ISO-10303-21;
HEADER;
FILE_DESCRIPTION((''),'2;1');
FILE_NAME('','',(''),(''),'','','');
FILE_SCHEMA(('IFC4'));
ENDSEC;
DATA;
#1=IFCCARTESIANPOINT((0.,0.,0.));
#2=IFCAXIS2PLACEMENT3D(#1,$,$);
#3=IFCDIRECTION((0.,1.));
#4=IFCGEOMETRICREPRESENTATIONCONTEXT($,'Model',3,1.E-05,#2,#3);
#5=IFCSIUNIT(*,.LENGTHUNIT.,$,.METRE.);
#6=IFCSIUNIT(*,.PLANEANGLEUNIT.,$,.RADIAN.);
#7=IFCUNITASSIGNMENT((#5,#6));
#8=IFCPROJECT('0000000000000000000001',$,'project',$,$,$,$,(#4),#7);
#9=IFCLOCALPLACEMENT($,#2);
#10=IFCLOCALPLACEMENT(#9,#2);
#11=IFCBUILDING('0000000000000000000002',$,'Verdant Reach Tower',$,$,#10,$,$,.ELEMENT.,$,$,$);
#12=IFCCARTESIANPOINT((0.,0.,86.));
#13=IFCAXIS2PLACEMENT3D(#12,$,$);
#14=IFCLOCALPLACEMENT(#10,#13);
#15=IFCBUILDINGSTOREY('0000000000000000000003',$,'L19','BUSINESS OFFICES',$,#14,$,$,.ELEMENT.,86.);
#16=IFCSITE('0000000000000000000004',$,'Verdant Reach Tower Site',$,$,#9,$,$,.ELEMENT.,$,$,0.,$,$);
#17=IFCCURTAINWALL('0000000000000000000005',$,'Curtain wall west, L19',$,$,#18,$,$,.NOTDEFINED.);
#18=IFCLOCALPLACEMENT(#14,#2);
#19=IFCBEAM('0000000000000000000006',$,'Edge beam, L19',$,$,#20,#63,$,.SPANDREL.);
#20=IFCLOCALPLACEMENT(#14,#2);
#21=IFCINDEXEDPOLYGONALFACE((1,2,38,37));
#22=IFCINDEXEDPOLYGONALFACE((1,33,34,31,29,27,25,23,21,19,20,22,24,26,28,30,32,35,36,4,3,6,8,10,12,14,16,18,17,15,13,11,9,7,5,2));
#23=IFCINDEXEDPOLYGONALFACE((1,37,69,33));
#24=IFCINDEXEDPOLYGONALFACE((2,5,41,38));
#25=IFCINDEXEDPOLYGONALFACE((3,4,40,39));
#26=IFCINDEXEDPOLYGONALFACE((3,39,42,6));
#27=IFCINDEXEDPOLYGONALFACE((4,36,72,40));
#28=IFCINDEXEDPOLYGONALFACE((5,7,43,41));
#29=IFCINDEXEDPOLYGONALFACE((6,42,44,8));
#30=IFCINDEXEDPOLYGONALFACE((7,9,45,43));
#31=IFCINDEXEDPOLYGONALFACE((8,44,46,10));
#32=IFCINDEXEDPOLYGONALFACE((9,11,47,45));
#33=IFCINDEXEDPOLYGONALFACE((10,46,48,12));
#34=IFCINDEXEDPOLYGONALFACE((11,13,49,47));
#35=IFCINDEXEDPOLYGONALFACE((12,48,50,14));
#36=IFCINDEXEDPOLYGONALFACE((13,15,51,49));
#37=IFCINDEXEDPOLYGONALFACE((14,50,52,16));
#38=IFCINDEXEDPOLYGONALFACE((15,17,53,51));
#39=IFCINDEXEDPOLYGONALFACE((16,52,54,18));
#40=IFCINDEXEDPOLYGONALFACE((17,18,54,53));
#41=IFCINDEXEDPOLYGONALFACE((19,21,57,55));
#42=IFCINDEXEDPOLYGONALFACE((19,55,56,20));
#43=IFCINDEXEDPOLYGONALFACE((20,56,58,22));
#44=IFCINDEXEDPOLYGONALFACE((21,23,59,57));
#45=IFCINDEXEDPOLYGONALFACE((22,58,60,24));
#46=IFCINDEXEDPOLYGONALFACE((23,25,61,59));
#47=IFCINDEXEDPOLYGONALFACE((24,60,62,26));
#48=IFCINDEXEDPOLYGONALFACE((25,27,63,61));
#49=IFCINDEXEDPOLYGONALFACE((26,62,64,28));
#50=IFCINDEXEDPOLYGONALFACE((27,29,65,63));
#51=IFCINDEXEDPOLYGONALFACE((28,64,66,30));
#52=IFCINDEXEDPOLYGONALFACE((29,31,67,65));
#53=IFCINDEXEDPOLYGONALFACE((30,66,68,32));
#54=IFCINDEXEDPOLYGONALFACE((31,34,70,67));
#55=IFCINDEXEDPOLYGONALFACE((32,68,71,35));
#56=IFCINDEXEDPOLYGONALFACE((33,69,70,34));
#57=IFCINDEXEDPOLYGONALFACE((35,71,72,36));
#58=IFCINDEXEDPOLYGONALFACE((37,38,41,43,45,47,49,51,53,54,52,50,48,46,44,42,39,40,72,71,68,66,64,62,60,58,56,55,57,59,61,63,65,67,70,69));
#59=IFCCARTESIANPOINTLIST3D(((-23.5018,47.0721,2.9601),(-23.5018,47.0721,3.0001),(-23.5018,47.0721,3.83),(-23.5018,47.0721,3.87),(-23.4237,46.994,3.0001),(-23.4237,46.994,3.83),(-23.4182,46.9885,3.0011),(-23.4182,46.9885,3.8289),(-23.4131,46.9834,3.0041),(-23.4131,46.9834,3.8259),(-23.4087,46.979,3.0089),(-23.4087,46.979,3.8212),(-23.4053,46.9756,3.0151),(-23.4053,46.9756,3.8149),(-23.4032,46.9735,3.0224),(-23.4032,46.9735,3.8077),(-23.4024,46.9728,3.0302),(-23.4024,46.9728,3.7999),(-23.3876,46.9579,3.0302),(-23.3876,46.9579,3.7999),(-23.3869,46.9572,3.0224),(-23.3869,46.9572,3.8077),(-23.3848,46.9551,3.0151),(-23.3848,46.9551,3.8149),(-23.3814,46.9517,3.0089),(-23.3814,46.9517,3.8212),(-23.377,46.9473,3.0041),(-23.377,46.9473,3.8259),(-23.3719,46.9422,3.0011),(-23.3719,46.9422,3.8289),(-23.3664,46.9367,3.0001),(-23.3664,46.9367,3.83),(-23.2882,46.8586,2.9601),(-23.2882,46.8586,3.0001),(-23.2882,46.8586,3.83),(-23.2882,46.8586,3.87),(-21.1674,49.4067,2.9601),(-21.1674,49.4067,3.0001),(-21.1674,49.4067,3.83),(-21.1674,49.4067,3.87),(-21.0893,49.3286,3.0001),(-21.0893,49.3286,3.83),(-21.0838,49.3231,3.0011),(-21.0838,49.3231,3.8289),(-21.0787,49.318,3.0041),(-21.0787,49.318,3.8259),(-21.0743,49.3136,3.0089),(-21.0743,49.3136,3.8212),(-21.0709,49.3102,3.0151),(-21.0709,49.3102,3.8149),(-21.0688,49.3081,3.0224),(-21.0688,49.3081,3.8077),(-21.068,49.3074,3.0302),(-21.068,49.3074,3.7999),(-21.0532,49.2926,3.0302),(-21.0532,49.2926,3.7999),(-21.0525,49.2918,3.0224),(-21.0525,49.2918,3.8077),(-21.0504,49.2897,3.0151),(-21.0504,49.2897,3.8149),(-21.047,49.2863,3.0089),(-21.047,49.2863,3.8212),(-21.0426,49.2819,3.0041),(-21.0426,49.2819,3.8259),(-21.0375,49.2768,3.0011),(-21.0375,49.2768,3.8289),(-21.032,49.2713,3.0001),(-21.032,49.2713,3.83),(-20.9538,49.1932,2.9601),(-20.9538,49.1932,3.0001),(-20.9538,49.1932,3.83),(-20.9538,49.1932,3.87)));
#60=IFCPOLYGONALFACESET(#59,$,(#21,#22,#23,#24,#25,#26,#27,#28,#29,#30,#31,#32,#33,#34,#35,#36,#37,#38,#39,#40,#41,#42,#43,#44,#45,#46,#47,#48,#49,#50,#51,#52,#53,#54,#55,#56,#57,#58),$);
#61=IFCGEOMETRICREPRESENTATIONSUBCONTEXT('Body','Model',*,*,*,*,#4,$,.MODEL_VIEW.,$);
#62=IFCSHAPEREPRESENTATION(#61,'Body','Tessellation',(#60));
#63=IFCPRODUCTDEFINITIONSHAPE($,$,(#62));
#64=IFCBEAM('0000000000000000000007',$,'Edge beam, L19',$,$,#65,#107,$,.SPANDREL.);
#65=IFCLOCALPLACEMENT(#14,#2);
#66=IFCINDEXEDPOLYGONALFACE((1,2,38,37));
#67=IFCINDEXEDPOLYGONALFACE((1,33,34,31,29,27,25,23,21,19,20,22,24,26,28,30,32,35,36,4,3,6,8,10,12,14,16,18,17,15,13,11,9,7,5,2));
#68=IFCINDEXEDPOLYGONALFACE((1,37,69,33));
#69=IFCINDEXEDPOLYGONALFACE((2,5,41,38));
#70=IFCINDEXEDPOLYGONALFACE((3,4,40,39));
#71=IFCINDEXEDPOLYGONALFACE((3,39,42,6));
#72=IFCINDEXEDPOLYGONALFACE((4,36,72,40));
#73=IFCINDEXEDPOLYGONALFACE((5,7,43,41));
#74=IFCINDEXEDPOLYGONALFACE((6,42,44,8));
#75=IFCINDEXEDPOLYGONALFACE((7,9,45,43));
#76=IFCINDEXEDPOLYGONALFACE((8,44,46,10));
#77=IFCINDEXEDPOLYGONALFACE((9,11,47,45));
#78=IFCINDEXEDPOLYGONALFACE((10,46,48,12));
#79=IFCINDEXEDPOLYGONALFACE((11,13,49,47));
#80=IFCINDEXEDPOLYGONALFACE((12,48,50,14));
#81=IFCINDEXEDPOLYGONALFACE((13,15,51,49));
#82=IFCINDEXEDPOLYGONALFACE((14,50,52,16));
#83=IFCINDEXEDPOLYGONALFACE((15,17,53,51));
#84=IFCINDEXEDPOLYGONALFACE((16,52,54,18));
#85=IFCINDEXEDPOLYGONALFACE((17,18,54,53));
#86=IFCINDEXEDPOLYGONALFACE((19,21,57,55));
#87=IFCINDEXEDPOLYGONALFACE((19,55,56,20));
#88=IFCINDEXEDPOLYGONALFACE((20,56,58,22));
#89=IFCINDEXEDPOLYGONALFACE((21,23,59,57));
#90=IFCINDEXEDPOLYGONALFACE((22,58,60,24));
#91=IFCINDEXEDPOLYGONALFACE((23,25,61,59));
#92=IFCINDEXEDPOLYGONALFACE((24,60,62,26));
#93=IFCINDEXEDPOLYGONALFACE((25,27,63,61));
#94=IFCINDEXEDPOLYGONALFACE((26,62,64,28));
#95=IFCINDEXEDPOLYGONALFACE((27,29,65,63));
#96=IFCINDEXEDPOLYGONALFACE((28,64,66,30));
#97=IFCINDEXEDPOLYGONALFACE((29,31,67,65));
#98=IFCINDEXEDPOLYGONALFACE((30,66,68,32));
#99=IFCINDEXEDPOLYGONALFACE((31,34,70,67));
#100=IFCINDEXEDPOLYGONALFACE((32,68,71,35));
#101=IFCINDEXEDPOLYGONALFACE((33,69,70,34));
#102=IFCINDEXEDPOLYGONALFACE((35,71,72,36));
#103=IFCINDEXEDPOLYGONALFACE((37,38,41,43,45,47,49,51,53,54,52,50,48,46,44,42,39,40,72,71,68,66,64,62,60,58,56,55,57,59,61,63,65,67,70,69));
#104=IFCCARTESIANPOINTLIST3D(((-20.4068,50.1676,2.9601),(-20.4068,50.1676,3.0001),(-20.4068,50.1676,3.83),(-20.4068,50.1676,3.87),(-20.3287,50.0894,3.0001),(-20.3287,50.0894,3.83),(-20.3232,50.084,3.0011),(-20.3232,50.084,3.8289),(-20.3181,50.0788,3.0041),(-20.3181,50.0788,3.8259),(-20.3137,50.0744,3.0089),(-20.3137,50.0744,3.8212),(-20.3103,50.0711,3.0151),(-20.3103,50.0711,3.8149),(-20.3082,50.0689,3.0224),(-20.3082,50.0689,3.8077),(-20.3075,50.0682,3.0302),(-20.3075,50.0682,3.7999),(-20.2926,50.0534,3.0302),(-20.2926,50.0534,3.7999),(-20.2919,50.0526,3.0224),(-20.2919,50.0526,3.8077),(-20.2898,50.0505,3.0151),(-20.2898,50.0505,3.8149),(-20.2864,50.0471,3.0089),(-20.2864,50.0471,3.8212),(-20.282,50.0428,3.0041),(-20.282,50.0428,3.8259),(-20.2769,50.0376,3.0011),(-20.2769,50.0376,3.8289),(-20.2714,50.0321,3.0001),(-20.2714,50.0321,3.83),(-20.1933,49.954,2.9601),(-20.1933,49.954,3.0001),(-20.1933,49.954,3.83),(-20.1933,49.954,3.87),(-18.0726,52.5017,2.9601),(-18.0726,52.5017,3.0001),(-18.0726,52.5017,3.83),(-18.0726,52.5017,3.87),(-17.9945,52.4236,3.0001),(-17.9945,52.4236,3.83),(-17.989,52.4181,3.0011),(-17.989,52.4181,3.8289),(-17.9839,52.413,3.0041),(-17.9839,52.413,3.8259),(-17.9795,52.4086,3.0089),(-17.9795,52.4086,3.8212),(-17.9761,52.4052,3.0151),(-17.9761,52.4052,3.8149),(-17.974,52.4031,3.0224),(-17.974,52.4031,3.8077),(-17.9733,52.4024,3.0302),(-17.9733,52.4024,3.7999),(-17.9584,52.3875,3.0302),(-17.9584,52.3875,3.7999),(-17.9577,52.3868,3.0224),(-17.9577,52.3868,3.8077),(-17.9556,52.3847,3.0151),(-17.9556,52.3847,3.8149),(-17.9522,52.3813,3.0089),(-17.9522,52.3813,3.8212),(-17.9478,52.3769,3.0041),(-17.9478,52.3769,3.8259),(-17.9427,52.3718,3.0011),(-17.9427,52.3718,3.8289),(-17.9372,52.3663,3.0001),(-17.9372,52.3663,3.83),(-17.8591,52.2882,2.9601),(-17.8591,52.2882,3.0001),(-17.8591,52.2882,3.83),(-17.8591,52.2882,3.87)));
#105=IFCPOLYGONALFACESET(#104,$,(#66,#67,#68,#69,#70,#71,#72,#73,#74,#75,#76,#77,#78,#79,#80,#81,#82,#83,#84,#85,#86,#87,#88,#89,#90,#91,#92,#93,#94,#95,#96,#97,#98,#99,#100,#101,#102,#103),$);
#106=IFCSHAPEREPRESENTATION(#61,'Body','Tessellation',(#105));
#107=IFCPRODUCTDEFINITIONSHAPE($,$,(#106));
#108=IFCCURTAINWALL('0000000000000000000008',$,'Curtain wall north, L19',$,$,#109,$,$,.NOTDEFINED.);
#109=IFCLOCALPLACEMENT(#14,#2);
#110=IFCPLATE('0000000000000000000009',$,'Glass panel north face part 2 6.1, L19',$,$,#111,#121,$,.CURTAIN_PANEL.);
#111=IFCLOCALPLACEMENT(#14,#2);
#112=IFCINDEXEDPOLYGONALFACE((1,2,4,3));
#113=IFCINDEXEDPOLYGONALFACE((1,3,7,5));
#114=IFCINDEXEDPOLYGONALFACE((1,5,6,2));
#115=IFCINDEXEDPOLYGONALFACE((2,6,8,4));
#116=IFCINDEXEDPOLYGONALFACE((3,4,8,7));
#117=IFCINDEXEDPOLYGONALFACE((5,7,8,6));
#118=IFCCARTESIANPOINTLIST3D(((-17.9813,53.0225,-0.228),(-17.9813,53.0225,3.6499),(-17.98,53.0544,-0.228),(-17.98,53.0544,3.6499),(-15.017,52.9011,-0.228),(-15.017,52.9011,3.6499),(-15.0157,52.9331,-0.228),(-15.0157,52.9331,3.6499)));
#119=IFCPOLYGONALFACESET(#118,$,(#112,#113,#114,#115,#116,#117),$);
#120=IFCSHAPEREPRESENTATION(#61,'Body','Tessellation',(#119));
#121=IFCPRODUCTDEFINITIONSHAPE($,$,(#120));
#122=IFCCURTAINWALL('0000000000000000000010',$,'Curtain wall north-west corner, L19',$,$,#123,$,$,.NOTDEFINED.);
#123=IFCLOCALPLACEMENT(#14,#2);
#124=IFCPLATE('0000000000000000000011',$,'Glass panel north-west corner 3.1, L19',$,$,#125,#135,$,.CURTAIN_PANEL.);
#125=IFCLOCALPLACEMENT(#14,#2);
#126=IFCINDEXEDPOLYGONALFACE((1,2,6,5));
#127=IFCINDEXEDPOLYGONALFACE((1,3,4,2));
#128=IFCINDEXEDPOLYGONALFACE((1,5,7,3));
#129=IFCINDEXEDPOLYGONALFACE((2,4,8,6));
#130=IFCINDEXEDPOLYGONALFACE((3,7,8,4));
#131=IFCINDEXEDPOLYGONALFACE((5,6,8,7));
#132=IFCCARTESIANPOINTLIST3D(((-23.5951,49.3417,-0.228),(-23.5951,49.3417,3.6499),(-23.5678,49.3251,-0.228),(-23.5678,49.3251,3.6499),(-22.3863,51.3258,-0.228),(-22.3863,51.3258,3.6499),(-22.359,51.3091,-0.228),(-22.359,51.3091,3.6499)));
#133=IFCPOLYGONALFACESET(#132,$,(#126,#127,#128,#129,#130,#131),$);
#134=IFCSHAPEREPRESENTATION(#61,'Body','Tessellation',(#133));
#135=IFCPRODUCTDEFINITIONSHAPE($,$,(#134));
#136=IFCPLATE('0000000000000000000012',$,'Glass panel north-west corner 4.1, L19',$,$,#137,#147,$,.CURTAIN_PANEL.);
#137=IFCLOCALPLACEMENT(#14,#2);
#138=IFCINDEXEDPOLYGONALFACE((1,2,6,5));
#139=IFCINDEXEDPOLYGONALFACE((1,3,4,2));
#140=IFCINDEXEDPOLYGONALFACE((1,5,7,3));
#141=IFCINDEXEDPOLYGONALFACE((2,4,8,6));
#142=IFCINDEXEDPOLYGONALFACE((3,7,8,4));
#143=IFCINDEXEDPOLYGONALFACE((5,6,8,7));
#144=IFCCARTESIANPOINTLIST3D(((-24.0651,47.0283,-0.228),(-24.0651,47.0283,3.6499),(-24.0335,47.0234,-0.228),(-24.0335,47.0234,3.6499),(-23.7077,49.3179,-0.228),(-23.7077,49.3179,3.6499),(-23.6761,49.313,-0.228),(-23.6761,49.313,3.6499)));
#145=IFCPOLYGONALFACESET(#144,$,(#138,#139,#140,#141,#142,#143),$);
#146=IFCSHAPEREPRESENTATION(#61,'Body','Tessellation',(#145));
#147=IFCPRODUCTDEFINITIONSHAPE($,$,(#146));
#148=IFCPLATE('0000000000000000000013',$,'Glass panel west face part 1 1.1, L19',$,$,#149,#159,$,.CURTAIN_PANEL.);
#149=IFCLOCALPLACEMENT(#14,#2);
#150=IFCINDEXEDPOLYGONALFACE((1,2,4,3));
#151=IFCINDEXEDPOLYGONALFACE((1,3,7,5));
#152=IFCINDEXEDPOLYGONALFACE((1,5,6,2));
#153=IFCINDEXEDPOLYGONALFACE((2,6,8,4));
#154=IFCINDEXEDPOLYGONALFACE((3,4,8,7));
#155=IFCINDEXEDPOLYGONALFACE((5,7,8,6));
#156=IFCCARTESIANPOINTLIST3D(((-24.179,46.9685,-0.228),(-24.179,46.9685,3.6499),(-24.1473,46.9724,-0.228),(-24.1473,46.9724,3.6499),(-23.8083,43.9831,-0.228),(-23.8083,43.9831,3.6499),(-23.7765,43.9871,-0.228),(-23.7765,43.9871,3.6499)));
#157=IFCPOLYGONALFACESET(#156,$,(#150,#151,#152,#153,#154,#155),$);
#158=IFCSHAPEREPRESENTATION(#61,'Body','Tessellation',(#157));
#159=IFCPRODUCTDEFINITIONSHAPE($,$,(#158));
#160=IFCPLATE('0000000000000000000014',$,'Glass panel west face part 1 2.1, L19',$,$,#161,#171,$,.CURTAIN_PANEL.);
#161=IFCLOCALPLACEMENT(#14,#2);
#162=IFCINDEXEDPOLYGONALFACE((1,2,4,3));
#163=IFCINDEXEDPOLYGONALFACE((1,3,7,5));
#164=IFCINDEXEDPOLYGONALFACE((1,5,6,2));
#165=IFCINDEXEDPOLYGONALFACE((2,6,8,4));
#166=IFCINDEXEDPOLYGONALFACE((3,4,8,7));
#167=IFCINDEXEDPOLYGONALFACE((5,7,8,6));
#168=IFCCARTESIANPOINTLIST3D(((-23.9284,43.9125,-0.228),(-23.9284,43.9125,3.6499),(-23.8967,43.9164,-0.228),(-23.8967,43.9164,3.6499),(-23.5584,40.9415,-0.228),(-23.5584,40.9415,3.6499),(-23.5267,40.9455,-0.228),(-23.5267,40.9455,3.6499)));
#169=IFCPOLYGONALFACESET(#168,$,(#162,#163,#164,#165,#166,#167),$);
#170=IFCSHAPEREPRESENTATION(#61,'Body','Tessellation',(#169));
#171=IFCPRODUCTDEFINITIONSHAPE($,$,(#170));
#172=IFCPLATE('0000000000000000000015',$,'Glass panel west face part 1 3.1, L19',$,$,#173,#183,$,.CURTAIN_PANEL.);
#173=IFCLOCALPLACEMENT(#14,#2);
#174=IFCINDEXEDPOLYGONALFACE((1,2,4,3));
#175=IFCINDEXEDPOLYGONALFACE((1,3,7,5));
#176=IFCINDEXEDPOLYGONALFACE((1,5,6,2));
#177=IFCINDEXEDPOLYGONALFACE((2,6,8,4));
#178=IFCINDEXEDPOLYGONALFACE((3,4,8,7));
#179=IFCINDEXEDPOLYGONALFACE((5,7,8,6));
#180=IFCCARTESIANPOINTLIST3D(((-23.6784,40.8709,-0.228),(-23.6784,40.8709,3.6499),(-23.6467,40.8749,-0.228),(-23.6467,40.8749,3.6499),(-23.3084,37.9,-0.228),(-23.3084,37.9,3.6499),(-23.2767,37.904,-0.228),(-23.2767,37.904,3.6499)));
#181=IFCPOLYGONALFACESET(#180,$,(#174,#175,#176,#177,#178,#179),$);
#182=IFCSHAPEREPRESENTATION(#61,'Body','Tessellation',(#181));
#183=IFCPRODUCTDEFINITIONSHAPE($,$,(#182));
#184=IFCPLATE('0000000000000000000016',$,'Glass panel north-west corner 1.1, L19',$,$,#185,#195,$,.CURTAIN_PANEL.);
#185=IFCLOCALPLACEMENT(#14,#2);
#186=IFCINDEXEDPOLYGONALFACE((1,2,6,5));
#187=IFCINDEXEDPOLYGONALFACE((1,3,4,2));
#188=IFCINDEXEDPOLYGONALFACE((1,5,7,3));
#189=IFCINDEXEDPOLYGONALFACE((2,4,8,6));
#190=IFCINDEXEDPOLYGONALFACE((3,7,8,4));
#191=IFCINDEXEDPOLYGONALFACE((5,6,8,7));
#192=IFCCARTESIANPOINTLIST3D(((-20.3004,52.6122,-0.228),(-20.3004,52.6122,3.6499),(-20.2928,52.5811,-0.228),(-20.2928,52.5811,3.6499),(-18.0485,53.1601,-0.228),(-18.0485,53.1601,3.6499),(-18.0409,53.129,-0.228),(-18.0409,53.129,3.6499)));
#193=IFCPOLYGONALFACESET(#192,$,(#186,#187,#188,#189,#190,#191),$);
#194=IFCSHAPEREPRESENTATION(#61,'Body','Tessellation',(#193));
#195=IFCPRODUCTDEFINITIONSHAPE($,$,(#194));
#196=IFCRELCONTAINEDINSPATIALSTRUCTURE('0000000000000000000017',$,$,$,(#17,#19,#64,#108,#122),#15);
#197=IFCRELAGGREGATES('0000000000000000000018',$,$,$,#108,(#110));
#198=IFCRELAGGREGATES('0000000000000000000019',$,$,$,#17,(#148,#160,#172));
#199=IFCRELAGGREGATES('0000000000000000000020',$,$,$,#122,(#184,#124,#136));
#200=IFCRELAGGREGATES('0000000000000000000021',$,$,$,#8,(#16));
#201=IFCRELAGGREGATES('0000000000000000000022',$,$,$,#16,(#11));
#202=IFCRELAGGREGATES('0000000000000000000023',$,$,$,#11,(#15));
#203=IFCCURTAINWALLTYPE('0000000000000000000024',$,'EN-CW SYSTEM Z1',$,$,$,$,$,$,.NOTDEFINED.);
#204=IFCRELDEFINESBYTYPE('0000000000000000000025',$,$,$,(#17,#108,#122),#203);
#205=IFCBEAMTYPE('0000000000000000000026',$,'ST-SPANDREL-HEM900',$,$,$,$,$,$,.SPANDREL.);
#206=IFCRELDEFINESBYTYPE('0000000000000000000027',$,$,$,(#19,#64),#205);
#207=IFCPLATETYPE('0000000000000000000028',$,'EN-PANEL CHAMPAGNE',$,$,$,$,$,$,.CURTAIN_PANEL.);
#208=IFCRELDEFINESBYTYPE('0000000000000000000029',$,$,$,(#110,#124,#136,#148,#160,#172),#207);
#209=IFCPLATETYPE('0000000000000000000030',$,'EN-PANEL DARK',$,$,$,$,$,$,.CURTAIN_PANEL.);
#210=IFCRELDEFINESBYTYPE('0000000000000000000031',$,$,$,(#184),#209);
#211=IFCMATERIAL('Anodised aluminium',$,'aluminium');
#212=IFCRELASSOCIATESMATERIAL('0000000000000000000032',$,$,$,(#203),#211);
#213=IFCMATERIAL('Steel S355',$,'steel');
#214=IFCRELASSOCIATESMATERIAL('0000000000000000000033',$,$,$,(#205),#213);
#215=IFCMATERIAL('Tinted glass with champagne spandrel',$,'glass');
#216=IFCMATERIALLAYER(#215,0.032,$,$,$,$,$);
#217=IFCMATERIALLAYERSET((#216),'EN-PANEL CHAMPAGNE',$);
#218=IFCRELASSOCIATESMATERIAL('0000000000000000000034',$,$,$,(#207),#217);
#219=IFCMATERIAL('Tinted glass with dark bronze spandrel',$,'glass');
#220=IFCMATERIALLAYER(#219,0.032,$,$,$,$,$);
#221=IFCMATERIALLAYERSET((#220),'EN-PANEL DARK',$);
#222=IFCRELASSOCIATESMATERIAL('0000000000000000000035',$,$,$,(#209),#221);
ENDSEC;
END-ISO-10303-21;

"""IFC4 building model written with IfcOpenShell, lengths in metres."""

from ifc_helpers import new_model, si_unit, direction, frame, origin, origin_2d, place, context, subcontext, project, spatial, rectangle, i_section, extrude, material, layer, layer_set, material_profile, profile_set, type_object, element, aggregate, save


model = new_model("IFC4")

# Units and contexts
model_context = context("Model", 3, precision=1e-05, world=origin(), true_north=direction((0.0, 1.0)))
body_context = subcontext(model_context, "Body", "Model", "MODEL_VIEW")
ifc_project = project(units=[si_unit("LENGTHUNIT", "METRE"), si_unit("PLANEANGLEUNIT", "RADIAN")], contexts=[model_context])

# Site, building, storey
site_placement = place(None, origin())
site = spatial("IfcSite", under=ifc_project, at=site_placement, Name="Verdant Reach Tower Site", CompositionType="ELEMENT", RefElevation=0.0)
building_placement = place(site_placement, origin())
building = spatial("IfcBuilding", under=site, at=building_placement, Name="Verdant Reach Tower", CompositionType="ELEMENT")
storey_placement = place(building_placement, frame((0.0, 0.0, 86.0)))
storey = spatial("IfcBuildingStorey", under=building, at=storey_placement, Name="L19", Description="BUSINESS OFFICES", CompositionType="ELEMENT", Elevation=86.0)

# Curtain wall
ifc_material_1 = material(Name="Anodised aluminium", Category="aluminium")
curtain_wall_type = type_object("IfcCurtainWallType", Name="EN-CW SYSTEM Z1", PredefinedType="NOTDEFINED", material=ifc_material_1)
curtain_wall_1_placement = place(storey_placement, origin())
curtain_wall_1 = element("IfcCurtainWall", 1, at=curtain_wall_1_placement, inside=storey, type_object=curtain_wall_type, Name="Curtain wall west, L19", PredefinedType="NOTDEFINED")

# Beams
ifc_material_2 = material(Name="Steel S355", Category="steel")
ifc_material_profile_1 = material_profile(ifc_material_2, i_section(OverallWidth=0.302, OverallDepth=0.9099, WebThickness=0.021, FlangeThickness=0.04, FilletRadius=0.03, at=origin_2d()), Name="HEM 900")
ifc_profile_set_1 = profile_set([ifc_material_profile_1], Name="Steel S355")
beam_type_1 = type_object("IfcBeamType", Name="ST-SPANDREL-HEM900", PredefinedType="SPANDREL", material=ifc_profile_set_1)
beam_1_placement = place(storey_placement, frame((-23.395, 46.9653, 3.415), z_axis=(0.70707, 0.707144, 0.0), x_axis=(-0.707144, 0.70707, 0.0)))
element("IfcBeam", 2, at=beam_1_placement, inside=storey, type_object=beam_type_1, Name="Edge beam, L19", PredefinedType="SPANDREL", context=body_context, shape_type="SweptSolid", body=[
    extrude(i_section(OverallWidth=0.302, OverallDepth=0.9099, WebThickness=0.021, FlangeThickness=0.04, FilletRadius=0.03, at=origin_2d()), origin(), (0.0, 0.0, 1.0), 3.3015),
])
beam_2_placement = place(storey_placement, frame((-20.3, 50.0608, 3.415), z_axis=(0.707107, 0.707107, 0.0), x_axis=(-0.707107, 0.707107, 0.0)))
element("IfcBeam", 3, at=beam_2_placement, inside=storey, type_object=beam_type_1, Name="Edge beam, L19", PredefinedType="SPANDREL", context=body_context, shape_type="SweptSolid", body=[
    extrude(i_section(OverallWidth=0.302, OverallDepth=0.9099, WebThickness=0.021, FlangeThickness=0.04, FilletRadius=0.03, at=origin_2d()), origin(), (0.0, 0.0, 1.0), 3.301),
])

# Curtain wall, plate
curtain_wall_2_placement = place(storey_placement, origin())
curtain_wall_2 = element("IfcCurtainWall", 4, at=curtain_wall_2_placement, inside=storey, type_object=curtain_wall_type, Name="Curtain wall north, L19", PredefinedType="NOTDEFINED")
ifc_material_3 = material(Name="Tinted glass with champagne spandrel", Category="glass")
ifc_layer_1 = layer(ifc_material_3, 0.032)
ifc_layer_set_1 = layer_set([ifc_layer_1], Name="EN-PANEL CHAMPAGNE")
plate_type_1 = type_object("IfcPlateType", Name="EN-PANEL CHAMPAGNE", PredefinedType="CURTAIN_PANEL", material=ifc_layer_set_1)
plate_1_placement = place(storey_placement, frame((-16.4985, 52.9778, -0.228), z_axis=(0.0, 0.0, 1.0), x_axis=(-0.999163, 0.04091, 0.0)))
plate_1 = element("IfcPlate", 5, at=plate_1_placement, type_object=plate_type_1, Name="Glass panel north face part 2 6.1, L19", PredefinedType="CURTAIN_PANEL", context=body_context, shape_type="SweptSolid", body=[
    extrude(rectangle(XDim=2.9668, YDim=0.032, at=origin_2d()), origin(), (0.0, 0.0, 1.0), 3.8779),
])
aggregate(curtain_wall_2, [plate_1])

# Curtain wall, plates
curtain_wall_3_placement = place(storey_placement, origin())
curtain_wall_3 = element("IfcCurtainWall", 6, at=curtain_wall_3_placement, inside=storey, type_object=curtain_wall_type, Name="Curtain wall north-west corner, L19", PredefinedType="NOTDEFINED")
plate_2_placement = place(storey_placement, frame((-22.9771, 50.3254, -0.228), z_axis=(0.0, 0.0, 1.0), x_axis=(-0.520292, -0.853989, 0.0)))
plate_2 = element("IfcPlate", 7, at=plate_2_placement, type_object=plate_type_1, Name="Glass panel north-west corner 3.1, L19", PredefinedType="CURTAIN_PANEL", context=body_context, shape_type="SweptSolid", body=[
    extrude(rectangle(XDim=2.3232, YDim=0.032, at=origin_2d()), origin(), (0.0, 0.0, 1.0), 3.8779),
])
plate_3_placement = place(storey_placement, frame((-23.8706, 48.1707, -0.228), z_axis=(0.0, 0.0, 1.0), x_axis=(-0.154248, -0.988032, 0.0)))
plate_3 = element("IfcPlate", 8, at=plate_3_placement, type_object=plate_type_1, Name="Glass panel north-west corner 4.1, L19", PredefinedType="CURTAIN_PANEL", context=body_context, shape_type="SweptSolid", body=[
    extrude(rectangle(XDim=2.3174, YDim=0.032, at=origin_2d()), origin(), (0.0, 0.0, 1.0), 3.8779),
])

# Plates
plate_4_placement = place(storey_placement, frame((-23.9778, 45.4778, -0.228), z_axis=(0.0, 0.0, 1.0), x_axis=(0.123256, -0.992375, 0.0)))
plate_4 = element("IfcPlate", 9, at=plate_4_placement, type_object=plate_type_1, Name="Glass panel west face part 1 1.1, L19", PredefinedType="CURTAIN_PANEL", context=body_context, shape_type="SweptSolid", body=[
    extrude(rectangle(XDim=3.0083, YDim=0.032, at=origin_2d()), origin(), (0.0, 0.0, 1.0), 3.8779),
])
plate_5_placement = place(storey_placement, frame((-23.7275, 42.429, -0.228), z_axis=(0.0, 0.0, 1.0), x_axis=(0.123579, -0.992335, 0.0)))
plate_5 = element("IfcPlate", 10, at=plate_5_placement, type_object=plate_type_1, Name="Glass panel west face part 1 2.1, L19", PredefinedType="CURTAIN_PANEL", context=body_context, shape_type="SweptSolid", body=[
    extrude(rectangle(XDim=2.9939, YDim=0.032, at=origin_2d()), origin(), (0.0, 0.0, 1.0), 3.8779),
])
plate_6_placement = place(storey_placement, frame((-23.4775, 39.3875, -0.228), z_axis=(0.0, 0.0, 1.0), x_axis=(0.123579, -0.992335, 0.0)))
plate_6 = element("IfcPlate", 11, at=plate_6_placement, type_object=plate_type_1, Name="Glass panel west face part 1 3.1, L19", PredefinedType="CURTAIN_PANEL", context=body_context, shape_type="SweptSolid", body=[
    extrude(rectangle(XDim=2.9939, YDim=0.032, at=origin_2d()), origin(), (0.0, 0.0, 1.0), 3.8779),
])
aggregate(curtain_wall_1, [plate_4, plate_5, plate_6])
ifc_material_4 = material(Name="Tinted glass with dark bronze spandrel", Category="glass")
ifc_layer_2 = layer(ifc_material_4, 0.032)
ifc_layer_set_2 = layer_set([ifc_layer_2], Name="EN-PANEL DARK")
plate_type_2 = type_object("IfcPlateType", Name="EN-PANEL DARK", PredefinedType="CURTAIN_PANEL", material=ifc_layer_set_2)
plate_7_placement = place(storey_placement, frame((-19.1707, 52.8706, -0.228), z_axis=(0.0, 0.0, 1.0), x_axis=(-0.971661, -0.23638, 0.0)))
plate_7 = element("IfcPlate", 12, at=plate_7_placement, type_object=plate_type_2, Name="Glass panel north-west corner 1.1, L19", PredefinedType="CURTAIN_PANEL", context=body_context, shape_type="SweptSolid", body=[
    extrude(rectangle(XDim=2.3176, YDim=0.032, at=origin_2d()), origin(), (0.0, 0.0, 1.0), 3.8779),
])
aggregate(curtain_wall_3, [plate_7, plate_2, plate_3])

save(model, "model.ifc")
